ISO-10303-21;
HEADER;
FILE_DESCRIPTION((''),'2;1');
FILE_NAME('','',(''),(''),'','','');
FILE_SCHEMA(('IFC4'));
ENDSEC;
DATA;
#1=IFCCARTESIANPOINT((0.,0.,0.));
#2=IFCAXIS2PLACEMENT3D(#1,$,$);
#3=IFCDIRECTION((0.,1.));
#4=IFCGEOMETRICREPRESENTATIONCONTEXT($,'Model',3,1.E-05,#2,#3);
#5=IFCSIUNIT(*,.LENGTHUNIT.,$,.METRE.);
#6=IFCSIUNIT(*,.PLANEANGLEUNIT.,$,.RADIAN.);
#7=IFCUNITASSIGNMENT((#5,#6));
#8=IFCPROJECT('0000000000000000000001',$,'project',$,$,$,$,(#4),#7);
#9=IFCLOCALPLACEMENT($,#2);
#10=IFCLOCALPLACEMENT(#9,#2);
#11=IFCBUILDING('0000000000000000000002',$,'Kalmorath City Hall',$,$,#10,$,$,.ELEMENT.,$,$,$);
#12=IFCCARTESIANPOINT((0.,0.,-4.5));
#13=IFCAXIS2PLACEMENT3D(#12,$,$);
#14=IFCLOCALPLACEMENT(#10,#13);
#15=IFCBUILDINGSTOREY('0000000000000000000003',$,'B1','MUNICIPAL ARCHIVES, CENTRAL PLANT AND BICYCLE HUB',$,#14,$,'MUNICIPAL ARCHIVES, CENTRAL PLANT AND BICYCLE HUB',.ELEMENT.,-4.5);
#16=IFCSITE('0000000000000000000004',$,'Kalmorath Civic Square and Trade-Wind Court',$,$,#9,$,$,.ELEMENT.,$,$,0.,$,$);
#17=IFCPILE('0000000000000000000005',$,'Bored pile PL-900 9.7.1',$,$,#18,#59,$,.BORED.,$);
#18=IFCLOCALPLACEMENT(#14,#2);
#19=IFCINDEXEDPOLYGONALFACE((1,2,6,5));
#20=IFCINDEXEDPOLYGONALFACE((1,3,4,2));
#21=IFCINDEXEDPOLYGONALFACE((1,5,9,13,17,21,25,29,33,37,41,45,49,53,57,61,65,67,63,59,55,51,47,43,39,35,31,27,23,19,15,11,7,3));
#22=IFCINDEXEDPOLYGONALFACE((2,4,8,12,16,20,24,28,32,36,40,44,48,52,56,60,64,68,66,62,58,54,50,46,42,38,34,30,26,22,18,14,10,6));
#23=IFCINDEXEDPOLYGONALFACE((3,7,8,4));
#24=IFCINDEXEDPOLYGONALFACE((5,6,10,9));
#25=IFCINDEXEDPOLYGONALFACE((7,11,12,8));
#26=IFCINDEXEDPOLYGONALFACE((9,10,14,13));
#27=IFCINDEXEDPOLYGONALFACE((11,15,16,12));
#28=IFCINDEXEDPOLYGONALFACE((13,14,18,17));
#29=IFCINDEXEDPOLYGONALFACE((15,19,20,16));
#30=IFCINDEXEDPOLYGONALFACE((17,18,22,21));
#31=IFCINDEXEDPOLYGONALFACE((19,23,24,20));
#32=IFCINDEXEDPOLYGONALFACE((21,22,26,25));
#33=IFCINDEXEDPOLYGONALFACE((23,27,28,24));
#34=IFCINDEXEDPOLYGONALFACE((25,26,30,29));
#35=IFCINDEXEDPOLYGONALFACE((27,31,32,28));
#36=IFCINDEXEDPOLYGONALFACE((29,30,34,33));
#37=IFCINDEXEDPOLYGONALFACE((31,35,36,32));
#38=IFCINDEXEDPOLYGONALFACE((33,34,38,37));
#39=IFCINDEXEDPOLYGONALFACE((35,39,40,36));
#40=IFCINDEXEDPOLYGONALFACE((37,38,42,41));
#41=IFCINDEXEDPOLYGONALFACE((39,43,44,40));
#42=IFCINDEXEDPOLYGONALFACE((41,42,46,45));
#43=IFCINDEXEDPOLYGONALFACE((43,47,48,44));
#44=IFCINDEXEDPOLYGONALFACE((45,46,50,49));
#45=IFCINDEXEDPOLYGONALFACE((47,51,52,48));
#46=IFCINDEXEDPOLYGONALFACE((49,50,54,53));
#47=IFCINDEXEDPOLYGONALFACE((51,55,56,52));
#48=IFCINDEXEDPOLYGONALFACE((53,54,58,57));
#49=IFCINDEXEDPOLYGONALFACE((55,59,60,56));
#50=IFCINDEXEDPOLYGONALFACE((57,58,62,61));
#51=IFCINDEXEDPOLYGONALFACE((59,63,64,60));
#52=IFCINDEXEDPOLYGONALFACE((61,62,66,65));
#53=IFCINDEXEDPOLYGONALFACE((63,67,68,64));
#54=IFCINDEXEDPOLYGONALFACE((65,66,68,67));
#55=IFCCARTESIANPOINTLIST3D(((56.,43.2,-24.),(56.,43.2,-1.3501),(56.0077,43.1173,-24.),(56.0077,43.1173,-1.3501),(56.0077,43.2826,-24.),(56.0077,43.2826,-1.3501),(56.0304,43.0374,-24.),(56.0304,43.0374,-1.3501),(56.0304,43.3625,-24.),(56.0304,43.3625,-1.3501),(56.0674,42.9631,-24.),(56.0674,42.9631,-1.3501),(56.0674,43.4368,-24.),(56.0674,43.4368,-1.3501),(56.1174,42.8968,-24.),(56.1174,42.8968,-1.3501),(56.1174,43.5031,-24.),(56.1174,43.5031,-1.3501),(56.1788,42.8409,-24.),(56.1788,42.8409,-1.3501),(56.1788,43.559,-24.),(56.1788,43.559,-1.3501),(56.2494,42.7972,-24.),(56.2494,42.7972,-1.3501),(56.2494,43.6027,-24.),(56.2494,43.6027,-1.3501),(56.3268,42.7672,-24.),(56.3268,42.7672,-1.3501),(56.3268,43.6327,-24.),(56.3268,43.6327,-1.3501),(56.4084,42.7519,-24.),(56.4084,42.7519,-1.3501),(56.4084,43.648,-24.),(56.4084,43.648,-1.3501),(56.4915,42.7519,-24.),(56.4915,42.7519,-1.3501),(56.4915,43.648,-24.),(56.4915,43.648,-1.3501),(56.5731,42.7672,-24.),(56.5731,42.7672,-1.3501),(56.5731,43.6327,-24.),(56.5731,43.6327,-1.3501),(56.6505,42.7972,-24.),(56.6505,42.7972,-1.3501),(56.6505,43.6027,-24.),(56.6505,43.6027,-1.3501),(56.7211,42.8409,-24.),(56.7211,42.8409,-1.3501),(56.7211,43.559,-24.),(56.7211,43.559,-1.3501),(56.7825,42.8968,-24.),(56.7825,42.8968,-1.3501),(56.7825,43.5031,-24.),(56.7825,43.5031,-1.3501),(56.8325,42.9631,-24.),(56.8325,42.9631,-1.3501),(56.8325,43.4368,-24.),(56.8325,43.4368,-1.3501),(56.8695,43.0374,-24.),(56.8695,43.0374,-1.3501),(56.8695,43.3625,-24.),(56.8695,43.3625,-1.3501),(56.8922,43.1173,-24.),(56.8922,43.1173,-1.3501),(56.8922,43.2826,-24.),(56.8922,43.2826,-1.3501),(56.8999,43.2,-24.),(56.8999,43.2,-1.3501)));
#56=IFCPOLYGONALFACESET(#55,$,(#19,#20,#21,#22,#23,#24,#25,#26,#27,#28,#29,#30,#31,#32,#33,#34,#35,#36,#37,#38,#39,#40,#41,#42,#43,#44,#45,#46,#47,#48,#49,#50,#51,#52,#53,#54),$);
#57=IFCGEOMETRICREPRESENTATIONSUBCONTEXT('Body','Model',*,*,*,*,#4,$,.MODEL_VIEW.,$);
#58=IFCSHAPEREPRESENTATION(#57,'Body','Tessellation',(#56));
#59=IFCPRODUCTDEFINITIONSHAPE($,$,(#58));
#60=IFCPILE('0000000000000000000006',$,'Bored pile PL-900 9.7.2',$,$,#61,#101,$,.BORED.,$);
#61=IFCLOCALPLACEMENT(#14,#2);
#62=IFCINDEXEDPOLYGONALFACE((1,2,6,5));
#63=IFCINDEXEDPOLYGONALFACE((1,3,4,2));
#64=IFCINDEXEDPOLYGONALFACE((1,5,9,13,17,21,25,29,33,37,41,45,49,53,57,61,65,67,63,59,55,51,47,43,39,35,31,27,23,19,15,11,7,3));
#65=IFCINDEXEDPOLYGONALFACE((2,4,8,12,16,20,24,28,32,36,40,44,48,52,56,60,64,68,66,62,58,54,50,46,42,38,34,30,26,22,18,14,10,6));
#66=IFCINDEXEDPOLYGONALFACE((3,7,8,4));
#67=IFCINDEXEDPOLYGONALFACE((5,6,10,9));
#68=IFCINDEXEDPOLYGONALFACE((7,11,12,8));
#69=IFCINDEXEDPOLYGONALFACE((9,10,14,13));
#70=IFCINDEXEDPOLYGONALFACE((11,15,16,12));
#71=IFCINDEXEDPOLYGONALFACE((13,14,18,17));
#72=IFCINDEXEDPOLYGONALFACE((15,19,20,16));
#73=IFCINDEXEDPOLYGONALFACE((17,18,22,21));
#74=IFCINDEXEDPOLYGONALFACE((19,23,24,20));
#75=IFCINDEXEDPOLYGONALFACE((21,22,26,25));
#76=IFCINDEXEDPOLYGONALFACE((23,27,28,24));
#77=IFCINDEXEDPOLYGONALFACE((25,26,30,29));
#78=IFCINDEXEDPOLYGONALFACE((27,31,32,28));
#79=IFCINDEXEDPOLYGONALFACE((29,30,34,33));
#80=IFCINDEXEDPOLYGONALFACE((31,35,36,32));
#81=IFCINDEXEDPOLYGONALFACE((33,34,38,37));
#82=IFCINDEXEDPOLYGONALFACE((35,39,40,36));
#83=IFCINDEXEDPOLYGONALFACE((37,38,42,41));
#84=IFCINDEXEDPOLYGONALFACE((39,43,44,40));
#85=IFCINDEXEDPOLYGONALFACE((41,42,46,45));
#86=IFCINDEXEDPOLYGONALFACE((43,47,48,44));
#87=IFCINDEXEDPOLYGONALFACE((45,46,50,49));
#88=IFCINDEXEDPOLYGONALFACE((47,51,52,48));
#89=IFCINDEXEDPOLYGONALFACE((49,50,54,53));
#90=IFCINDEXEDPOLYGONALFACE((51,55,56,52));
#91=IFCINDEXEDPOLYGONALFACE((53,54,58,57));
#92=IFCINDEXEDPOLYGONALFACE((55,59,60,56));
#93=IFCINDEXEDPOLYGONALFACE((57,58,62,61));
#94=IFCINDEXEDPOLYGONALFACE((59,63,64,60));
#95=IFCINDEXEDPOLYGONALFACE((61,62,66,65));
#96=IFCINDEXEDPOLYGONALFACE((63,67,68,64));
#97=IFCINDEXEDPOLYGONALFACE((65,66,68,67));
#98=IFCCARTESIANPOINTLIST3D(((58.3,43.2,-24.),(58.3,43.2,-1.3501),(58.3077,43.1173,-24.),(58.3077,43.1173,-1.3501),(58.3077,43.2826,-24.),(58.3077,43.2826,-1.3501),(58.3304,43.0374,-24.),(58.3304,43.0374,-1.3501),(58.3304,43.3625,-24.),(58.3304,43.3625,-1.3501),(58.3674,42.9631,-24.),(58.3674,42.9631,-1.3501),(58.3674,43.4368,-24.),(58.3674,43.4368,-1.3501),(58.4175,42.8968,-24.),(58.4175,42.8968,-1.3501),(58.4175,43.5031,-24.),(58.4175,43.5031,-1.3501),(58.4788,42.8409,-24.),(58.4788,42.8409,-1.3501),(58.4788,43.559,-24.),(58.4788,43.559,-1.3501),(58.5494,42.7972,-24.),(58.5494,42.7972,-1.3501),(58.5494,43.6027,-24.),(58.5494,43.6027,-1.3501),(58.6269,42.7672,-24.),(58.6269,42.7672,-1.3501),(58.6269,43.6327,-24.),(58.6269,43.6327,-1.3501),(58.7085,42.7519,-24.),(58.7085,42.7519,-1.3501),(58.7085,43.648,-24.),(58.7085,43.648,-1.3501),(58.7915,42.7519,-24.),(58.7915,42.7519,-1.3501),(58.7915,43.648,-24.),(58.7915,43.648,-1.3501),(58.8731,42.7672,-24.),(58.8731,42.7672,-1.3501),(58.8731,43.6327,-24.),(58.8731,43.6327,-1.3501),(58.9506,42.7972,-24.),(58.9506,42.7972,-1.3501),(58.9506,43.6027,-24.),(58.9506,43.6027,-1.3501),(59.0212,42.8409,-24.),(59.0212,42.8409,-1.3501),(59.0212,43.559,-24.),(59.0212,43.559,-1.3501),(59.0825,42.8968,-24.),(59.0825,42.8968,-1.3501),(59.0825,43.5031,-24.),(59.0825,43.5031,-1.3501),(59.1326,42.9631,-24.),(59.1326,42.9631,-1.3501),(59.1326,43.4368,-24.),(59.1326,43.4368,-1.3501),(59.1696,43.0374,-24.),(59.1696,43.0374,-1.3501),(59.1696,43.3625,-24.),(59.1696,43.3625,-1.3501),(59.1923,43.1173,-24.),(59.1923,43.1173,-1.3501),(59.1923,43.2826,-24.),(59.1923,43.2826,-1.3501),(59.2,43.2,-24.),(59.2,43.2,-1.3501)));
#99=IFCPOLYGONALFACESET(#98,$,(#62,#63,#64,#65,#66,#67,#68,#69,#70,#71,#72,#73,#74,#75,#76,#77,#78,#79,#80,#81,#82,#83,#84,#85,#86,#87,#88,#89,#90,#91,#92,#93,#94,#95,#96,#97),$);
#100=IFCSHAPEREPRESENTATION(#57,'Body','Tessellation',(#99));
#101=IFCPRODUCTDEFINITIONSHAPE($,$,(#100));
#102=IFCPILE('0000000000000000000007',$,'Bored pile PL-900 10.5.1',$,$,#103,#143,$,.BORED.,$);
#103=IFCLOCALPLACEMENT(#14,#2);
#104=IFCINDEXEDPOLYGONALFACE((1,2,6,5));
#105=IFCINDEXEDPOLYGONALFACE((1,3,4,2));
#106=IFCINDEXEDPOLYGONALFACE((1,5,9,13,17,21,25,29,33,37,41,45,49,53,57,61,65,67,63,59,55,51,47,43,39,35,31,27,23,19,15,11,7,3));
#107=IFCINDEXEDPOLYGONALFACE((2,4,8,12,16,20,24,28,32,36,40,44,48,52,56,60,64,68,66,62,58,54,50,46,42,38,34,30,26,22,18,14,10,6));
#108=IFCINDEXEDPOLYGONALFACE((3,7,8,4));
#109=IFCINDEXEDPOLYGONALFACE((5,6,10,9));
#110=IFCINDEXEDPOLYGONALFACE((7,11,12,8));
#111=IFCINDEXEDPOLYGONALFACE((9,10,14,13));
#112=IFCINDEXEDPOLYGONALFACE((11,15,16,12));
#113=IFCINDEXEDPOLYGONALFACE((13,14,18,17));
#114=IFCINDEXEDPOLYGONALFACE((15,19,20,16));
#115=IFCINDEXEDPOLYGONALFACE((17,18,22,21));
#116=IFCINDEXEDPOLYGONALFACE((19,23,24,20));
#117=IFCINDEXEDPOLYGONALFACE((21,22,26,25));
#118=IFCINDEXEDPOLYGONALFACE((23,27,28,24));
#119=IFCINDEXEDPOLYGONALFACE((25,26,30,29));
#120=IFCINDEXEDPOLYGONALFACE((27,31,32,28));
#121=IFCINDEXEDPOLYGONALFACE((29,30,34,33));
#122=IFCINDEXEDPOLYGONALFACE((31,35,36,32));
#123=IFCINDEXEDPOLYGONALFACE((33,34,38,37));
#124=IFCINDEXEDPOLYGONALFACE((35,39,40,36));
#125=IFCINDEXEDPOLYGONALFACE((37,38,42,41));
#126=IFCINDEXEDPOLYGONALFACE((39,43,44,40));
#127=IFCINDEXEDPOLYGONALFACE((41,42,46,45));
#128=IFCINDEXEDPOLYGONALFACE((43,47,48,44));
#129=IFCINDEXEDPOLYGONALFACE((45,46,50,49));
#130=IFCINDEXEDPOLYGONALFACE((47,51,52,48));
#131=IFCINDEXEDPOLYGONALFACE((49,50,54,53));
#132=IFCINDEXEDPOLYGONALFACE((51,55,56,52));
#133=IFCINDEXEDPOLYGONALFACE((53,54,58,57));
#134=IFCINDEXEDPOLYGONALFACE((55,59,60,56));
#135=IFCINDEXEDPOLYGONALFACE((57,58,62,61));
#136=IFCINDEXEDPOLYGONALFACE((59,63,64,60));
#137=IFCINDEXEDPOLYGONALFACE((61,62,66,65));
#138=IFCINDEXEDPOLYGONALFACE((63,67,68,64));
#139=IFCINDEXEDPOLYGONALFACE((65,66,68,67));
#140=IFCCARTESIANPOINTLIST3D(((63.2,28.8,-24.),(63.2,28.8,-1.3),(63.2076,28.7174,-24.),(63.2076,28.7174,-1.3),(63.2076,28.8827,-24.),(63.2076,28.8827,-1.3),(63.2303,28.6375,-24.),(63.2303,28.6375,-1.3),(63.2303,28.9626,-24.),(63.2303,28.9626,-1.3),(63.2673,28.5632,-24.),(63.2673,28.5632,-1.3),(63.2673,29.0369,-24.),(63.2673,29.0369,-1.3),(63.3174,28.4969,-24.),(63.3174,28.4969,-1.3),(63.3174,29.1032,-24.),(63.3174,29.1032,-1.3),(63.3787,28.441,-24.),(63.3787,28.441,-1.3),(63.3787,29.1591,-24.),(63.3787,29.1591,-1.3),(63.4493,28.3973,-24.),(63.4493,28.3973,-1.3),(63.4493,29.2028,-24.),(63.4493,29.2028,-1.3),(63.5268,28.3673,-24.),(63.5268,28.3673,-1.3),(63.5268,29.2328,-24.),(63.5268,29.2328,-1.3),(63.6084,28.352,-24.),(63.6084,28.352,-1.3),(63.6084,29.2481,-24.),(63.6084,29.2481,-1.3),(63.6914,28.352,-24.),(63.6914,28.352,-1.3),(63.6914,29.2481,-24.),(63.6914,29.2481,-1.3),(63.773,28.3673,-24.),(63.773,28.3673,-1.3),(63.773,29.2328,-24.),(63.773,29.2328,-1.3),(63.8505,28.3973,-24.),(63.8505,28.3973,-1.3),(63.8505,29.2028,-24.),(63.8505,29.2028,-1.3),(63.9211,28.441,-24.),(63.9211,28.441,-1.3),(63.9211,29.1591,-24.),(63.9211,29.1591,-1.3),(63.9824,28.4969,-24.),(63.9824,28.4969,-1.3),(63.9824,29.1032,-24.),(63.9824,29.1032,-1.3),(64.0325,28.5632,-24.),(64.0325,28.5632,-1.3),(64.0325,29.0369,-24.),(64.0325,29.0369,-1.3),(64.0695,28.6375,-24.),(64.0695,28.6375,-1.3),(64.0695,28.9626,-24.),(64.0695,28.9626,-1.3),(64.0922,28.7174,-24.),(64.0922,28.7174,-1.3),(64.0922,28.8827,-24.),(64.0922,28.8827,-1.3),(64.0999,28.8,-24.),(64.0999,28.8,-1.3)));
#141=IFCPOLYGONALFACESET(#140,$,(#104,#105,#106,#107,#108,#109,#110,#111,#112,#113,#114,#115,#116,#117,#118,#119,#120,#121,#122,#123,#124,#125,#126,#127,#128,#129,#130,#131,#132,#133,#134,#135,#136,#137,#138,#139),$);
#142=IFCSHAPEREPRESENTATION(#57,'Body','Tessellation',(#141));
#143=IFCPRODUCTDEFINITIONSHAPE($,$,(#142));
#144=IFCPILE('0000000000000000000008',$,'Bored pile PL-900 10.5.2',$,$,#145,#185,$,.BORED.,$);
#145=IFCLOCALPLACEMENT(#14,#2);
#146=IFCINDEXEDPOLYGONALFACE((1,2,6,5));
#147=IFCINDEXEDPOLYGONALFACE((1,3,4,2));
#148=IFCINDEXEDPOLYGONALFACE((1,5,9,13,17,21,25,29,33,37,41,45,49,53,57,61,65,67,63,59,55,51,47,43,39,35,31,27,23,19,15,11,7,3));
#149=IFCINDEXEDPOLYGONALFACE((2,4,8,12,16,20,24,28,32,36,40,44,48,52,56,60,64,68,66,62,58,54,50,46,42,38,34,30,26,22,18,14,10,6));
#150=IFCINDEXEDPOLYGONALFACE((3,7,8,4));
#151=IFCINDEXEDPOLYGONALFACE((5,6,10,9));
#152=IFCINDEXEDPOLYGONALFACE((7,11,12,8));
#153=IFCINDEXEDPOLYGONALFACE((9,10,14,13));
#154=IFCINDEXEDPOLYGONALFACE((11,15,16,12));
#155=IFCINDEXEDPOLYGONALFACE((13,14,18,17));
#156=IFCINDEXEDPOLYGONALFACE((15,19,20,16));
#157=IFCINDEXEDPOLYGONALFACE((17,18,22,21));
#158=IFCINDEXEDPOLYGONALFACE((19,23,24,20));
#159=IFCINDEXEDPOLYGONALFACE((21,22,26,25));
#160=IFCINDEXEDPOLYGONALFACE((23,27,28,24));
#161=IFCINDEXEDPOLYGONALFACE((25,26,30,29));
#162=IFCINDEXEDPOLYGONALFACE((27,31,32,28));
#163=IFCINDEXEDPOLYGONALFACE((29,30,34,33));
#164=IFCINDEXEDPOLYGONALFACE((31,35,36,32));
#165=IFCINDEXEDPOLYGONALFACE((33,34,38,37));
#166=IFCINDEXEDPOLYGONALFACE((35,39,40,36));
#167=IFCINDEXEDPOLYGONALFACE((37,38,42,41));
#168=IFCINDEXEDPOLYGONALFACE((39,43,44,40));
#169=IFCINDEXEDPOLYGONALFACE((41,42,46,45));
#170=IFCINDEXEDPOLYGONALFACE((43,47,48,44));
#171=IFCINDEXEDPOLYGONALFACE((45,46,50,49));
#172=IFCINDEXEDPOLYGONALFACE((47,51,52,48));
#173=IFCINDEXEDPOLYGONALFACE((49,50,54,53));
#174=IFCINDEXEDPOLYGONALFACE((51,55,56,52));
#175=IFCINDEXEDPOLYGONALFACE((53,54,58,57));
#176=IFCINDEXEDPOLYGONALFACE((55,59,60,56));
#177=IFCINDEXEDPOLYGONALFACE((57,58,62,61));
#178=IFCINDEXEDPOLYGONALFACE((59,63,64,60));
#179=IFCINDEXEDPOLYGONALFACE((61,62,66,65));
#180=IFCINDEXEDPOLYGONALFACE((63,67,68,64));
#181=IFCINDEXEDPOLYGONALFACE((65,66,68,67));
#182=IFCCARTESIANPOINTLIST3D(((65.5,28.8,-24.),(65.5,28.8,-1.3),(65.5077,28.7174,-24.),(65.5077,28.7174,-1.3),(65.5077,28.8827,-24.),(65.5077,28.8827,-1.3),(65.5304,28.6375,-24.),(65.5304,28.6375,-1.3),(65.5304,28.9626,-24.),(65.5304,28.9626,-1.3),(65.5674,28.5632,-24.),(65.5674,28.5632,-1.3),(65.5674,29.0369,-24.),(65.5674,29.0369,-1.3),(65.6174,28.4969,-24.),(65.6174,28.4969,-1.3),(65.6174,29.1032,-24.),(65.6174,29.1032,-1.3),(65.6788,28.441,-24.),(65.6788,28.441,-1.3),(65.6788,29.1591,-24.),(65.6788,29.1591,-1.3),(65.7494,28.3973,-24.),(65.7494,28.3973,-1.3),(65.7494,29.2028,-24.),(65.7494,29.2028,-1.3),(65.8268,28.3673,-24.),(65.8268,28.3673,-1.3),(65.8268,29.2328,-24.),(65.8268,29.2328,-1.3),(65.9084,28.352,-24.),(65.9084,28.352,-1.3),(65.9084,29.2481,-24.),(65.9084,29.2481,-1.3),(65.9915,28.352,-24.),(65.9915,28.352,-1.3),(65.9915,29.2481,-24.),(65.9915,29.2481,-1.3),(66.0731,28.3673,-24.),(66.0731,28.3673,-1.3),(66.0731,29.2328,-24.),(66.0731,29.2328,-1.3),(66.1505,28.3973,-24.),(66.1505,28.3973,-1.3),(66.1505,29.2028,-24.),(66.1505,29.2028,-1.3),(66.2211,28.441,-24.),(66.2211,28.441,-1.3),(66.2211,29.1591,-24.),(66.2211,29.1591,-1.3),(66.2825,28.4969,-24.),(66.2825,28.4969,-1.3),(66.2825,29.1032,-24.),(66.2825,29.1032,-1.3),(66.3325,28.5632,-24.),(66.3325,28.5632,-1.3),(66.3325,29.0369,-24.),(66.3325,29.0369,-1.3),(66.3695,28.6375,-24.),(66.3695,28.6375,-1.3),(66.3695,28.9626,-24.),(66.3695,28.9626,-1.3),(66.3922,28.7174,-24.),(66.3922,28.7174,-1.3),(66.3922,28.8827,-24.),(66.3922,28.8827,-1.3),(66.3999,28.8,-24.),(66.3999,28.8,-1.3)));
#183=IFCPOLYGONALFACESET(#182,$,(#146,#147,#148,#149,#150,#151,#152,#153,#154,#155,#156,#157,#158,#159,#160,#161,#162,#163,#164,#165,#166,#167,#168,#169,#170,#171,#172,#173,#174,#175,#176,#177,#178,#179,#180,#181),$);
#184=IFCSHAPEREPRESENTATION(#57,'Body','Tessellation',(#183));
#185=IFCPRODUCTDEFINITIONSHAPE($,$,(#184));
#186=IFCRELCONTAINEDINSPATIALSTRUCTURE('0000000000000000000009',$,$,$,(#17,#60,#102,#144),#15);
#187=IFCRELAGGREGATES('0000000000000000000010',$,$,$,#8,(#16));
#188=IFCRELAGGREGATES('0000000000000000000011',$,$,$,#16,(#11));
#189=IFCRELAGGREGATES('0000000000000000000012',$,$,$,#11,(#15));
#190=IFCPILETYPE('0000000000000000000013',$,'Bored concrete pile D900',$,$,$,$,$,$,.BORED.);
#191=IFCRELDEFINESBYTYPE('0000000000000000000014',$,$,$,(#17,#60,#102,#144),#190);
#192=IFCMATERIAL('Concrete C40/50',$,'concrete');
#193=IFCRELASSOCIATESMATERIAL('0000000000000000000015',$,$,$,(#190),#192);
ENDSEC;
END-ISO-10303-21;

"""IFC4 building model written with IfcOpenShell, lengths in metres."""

from ifc_helpers import new_model, si_unit, direction, frame, origin, origin_2d, place, context, subcontext, project, spatial, circle, extrude, material, material_profile, profile_set, type_object, element, save


model = new_model("IFC4")

# Units and contexts
model_context = context("Model", 3, precision=1e-05, world=origin(), true_north=direction((0.0, 1.0)))
body_context = subcontext(model_context, "Body", "Model", "MODEL_VIEW")
ifc_project = project(units=[si_unit("LENGTHUNIT", "METRE"), si_unit("PLANEANGLEUNIT", "RADIAN")], contexts=[model_context])

# Site, building, storey
site_placement = place(None, origin())
site = spatial("IfcSite", under=ifc_project, at=site_placement, Name="Kalmorath Civic Square and Trade-Wind Court", CompositionType="ELEMENT", RefElevation=0.0)
building_placement = place(site_placement, origin())
building = spatial("IfcBuilding", under=site, at=building_placement, Name="Kalmorath City Hall", CompositionType="ELEMENT")
storey_placement = place(building_placement, frame((0.0, 0.0, -4.5)))
storey = spatial("IfcBuildingStorey", under=building, at=storey_placement, Name="B1", Description="MUNICIPAL ARCHIVES, CENTRAL PLANT AND BICYCLE HUB", LongName="MUNICIPAL ARCHIVES, CENTRAL PLANT AND BICYCLE HUB", CompositionType="ELEMENT", Elevation=-4.5)

# Piles
ifc_material_1 = material(Name="Concrete C40/50", Category="concrete")
ifc_material_profile_1 = material_profile(ifc_material_1, circle(Radius=0.45, at=origin_2d()), Name="PILE-D900")
ifc_profile_set_1 = profile_set([ifc_material_profile_1], Name="Concrete C40/50")
pile_type = type_object("IfcPileType", Name="Bored concrete pile D900", PredefinedType="BORED", material=ifc_profile_set_1)
for number, where, z_axis, x_axis, name in (
    (1, (56.45, 43.2, -1.3501), (0.0, 0.0, -1.0), (1.0, 0.0, 0.0), "Bored pile PL-900 9.7.1"),
    (2, (58.75, 43.2, -1.3501), (0.0, 0.0, -1.0), (1.0, 0.0, 0.0), "Bored pile PL-900 9.7.2"),
):
    element("IfcPile", number, at=place(storey_placement, frame(where, z_axis=z_axis, x_axis=x_axis)), inside=storey, type_object=pile_type, Name=name, PredefinedType="BORED", context=body_context, shape_type="SweptSolid", body=[
        extrude(circle(Radius=0.45, at=origin_2d()), origin(), (0.0, 0.0, 1.0), 22.6499),
    ])
for number, where, z_axis, x_axis, name in (
    (3, (63.6499, 28.8, -1.3), (0.0, 0.0, -1.0), (1.0, 0.0, 0.0), "Bored pile PL-900 10.5.1"),
    (4, (65.95, 28.8, -1.3), (0.0, 0.0, -1.0), (1.0, 0.0, 0.0), "Bored pile PL-900 10.5.2"),
):
    element("IfcPile", number, at=place(storey_placement, frame(where, z_axis=z_axis, x_axis=x_axis)), inside=storey, type_object=pile_type, Name=name, PredefinedType="BORED", context=body_context, shape_type="SweptSolid", body=[
        extrude(circle(Radius=0.45, at=origin_2d()), origin(), (0.0, 0.0, 1.0), 22.7),
    ])

save(model, "model.ifc")
